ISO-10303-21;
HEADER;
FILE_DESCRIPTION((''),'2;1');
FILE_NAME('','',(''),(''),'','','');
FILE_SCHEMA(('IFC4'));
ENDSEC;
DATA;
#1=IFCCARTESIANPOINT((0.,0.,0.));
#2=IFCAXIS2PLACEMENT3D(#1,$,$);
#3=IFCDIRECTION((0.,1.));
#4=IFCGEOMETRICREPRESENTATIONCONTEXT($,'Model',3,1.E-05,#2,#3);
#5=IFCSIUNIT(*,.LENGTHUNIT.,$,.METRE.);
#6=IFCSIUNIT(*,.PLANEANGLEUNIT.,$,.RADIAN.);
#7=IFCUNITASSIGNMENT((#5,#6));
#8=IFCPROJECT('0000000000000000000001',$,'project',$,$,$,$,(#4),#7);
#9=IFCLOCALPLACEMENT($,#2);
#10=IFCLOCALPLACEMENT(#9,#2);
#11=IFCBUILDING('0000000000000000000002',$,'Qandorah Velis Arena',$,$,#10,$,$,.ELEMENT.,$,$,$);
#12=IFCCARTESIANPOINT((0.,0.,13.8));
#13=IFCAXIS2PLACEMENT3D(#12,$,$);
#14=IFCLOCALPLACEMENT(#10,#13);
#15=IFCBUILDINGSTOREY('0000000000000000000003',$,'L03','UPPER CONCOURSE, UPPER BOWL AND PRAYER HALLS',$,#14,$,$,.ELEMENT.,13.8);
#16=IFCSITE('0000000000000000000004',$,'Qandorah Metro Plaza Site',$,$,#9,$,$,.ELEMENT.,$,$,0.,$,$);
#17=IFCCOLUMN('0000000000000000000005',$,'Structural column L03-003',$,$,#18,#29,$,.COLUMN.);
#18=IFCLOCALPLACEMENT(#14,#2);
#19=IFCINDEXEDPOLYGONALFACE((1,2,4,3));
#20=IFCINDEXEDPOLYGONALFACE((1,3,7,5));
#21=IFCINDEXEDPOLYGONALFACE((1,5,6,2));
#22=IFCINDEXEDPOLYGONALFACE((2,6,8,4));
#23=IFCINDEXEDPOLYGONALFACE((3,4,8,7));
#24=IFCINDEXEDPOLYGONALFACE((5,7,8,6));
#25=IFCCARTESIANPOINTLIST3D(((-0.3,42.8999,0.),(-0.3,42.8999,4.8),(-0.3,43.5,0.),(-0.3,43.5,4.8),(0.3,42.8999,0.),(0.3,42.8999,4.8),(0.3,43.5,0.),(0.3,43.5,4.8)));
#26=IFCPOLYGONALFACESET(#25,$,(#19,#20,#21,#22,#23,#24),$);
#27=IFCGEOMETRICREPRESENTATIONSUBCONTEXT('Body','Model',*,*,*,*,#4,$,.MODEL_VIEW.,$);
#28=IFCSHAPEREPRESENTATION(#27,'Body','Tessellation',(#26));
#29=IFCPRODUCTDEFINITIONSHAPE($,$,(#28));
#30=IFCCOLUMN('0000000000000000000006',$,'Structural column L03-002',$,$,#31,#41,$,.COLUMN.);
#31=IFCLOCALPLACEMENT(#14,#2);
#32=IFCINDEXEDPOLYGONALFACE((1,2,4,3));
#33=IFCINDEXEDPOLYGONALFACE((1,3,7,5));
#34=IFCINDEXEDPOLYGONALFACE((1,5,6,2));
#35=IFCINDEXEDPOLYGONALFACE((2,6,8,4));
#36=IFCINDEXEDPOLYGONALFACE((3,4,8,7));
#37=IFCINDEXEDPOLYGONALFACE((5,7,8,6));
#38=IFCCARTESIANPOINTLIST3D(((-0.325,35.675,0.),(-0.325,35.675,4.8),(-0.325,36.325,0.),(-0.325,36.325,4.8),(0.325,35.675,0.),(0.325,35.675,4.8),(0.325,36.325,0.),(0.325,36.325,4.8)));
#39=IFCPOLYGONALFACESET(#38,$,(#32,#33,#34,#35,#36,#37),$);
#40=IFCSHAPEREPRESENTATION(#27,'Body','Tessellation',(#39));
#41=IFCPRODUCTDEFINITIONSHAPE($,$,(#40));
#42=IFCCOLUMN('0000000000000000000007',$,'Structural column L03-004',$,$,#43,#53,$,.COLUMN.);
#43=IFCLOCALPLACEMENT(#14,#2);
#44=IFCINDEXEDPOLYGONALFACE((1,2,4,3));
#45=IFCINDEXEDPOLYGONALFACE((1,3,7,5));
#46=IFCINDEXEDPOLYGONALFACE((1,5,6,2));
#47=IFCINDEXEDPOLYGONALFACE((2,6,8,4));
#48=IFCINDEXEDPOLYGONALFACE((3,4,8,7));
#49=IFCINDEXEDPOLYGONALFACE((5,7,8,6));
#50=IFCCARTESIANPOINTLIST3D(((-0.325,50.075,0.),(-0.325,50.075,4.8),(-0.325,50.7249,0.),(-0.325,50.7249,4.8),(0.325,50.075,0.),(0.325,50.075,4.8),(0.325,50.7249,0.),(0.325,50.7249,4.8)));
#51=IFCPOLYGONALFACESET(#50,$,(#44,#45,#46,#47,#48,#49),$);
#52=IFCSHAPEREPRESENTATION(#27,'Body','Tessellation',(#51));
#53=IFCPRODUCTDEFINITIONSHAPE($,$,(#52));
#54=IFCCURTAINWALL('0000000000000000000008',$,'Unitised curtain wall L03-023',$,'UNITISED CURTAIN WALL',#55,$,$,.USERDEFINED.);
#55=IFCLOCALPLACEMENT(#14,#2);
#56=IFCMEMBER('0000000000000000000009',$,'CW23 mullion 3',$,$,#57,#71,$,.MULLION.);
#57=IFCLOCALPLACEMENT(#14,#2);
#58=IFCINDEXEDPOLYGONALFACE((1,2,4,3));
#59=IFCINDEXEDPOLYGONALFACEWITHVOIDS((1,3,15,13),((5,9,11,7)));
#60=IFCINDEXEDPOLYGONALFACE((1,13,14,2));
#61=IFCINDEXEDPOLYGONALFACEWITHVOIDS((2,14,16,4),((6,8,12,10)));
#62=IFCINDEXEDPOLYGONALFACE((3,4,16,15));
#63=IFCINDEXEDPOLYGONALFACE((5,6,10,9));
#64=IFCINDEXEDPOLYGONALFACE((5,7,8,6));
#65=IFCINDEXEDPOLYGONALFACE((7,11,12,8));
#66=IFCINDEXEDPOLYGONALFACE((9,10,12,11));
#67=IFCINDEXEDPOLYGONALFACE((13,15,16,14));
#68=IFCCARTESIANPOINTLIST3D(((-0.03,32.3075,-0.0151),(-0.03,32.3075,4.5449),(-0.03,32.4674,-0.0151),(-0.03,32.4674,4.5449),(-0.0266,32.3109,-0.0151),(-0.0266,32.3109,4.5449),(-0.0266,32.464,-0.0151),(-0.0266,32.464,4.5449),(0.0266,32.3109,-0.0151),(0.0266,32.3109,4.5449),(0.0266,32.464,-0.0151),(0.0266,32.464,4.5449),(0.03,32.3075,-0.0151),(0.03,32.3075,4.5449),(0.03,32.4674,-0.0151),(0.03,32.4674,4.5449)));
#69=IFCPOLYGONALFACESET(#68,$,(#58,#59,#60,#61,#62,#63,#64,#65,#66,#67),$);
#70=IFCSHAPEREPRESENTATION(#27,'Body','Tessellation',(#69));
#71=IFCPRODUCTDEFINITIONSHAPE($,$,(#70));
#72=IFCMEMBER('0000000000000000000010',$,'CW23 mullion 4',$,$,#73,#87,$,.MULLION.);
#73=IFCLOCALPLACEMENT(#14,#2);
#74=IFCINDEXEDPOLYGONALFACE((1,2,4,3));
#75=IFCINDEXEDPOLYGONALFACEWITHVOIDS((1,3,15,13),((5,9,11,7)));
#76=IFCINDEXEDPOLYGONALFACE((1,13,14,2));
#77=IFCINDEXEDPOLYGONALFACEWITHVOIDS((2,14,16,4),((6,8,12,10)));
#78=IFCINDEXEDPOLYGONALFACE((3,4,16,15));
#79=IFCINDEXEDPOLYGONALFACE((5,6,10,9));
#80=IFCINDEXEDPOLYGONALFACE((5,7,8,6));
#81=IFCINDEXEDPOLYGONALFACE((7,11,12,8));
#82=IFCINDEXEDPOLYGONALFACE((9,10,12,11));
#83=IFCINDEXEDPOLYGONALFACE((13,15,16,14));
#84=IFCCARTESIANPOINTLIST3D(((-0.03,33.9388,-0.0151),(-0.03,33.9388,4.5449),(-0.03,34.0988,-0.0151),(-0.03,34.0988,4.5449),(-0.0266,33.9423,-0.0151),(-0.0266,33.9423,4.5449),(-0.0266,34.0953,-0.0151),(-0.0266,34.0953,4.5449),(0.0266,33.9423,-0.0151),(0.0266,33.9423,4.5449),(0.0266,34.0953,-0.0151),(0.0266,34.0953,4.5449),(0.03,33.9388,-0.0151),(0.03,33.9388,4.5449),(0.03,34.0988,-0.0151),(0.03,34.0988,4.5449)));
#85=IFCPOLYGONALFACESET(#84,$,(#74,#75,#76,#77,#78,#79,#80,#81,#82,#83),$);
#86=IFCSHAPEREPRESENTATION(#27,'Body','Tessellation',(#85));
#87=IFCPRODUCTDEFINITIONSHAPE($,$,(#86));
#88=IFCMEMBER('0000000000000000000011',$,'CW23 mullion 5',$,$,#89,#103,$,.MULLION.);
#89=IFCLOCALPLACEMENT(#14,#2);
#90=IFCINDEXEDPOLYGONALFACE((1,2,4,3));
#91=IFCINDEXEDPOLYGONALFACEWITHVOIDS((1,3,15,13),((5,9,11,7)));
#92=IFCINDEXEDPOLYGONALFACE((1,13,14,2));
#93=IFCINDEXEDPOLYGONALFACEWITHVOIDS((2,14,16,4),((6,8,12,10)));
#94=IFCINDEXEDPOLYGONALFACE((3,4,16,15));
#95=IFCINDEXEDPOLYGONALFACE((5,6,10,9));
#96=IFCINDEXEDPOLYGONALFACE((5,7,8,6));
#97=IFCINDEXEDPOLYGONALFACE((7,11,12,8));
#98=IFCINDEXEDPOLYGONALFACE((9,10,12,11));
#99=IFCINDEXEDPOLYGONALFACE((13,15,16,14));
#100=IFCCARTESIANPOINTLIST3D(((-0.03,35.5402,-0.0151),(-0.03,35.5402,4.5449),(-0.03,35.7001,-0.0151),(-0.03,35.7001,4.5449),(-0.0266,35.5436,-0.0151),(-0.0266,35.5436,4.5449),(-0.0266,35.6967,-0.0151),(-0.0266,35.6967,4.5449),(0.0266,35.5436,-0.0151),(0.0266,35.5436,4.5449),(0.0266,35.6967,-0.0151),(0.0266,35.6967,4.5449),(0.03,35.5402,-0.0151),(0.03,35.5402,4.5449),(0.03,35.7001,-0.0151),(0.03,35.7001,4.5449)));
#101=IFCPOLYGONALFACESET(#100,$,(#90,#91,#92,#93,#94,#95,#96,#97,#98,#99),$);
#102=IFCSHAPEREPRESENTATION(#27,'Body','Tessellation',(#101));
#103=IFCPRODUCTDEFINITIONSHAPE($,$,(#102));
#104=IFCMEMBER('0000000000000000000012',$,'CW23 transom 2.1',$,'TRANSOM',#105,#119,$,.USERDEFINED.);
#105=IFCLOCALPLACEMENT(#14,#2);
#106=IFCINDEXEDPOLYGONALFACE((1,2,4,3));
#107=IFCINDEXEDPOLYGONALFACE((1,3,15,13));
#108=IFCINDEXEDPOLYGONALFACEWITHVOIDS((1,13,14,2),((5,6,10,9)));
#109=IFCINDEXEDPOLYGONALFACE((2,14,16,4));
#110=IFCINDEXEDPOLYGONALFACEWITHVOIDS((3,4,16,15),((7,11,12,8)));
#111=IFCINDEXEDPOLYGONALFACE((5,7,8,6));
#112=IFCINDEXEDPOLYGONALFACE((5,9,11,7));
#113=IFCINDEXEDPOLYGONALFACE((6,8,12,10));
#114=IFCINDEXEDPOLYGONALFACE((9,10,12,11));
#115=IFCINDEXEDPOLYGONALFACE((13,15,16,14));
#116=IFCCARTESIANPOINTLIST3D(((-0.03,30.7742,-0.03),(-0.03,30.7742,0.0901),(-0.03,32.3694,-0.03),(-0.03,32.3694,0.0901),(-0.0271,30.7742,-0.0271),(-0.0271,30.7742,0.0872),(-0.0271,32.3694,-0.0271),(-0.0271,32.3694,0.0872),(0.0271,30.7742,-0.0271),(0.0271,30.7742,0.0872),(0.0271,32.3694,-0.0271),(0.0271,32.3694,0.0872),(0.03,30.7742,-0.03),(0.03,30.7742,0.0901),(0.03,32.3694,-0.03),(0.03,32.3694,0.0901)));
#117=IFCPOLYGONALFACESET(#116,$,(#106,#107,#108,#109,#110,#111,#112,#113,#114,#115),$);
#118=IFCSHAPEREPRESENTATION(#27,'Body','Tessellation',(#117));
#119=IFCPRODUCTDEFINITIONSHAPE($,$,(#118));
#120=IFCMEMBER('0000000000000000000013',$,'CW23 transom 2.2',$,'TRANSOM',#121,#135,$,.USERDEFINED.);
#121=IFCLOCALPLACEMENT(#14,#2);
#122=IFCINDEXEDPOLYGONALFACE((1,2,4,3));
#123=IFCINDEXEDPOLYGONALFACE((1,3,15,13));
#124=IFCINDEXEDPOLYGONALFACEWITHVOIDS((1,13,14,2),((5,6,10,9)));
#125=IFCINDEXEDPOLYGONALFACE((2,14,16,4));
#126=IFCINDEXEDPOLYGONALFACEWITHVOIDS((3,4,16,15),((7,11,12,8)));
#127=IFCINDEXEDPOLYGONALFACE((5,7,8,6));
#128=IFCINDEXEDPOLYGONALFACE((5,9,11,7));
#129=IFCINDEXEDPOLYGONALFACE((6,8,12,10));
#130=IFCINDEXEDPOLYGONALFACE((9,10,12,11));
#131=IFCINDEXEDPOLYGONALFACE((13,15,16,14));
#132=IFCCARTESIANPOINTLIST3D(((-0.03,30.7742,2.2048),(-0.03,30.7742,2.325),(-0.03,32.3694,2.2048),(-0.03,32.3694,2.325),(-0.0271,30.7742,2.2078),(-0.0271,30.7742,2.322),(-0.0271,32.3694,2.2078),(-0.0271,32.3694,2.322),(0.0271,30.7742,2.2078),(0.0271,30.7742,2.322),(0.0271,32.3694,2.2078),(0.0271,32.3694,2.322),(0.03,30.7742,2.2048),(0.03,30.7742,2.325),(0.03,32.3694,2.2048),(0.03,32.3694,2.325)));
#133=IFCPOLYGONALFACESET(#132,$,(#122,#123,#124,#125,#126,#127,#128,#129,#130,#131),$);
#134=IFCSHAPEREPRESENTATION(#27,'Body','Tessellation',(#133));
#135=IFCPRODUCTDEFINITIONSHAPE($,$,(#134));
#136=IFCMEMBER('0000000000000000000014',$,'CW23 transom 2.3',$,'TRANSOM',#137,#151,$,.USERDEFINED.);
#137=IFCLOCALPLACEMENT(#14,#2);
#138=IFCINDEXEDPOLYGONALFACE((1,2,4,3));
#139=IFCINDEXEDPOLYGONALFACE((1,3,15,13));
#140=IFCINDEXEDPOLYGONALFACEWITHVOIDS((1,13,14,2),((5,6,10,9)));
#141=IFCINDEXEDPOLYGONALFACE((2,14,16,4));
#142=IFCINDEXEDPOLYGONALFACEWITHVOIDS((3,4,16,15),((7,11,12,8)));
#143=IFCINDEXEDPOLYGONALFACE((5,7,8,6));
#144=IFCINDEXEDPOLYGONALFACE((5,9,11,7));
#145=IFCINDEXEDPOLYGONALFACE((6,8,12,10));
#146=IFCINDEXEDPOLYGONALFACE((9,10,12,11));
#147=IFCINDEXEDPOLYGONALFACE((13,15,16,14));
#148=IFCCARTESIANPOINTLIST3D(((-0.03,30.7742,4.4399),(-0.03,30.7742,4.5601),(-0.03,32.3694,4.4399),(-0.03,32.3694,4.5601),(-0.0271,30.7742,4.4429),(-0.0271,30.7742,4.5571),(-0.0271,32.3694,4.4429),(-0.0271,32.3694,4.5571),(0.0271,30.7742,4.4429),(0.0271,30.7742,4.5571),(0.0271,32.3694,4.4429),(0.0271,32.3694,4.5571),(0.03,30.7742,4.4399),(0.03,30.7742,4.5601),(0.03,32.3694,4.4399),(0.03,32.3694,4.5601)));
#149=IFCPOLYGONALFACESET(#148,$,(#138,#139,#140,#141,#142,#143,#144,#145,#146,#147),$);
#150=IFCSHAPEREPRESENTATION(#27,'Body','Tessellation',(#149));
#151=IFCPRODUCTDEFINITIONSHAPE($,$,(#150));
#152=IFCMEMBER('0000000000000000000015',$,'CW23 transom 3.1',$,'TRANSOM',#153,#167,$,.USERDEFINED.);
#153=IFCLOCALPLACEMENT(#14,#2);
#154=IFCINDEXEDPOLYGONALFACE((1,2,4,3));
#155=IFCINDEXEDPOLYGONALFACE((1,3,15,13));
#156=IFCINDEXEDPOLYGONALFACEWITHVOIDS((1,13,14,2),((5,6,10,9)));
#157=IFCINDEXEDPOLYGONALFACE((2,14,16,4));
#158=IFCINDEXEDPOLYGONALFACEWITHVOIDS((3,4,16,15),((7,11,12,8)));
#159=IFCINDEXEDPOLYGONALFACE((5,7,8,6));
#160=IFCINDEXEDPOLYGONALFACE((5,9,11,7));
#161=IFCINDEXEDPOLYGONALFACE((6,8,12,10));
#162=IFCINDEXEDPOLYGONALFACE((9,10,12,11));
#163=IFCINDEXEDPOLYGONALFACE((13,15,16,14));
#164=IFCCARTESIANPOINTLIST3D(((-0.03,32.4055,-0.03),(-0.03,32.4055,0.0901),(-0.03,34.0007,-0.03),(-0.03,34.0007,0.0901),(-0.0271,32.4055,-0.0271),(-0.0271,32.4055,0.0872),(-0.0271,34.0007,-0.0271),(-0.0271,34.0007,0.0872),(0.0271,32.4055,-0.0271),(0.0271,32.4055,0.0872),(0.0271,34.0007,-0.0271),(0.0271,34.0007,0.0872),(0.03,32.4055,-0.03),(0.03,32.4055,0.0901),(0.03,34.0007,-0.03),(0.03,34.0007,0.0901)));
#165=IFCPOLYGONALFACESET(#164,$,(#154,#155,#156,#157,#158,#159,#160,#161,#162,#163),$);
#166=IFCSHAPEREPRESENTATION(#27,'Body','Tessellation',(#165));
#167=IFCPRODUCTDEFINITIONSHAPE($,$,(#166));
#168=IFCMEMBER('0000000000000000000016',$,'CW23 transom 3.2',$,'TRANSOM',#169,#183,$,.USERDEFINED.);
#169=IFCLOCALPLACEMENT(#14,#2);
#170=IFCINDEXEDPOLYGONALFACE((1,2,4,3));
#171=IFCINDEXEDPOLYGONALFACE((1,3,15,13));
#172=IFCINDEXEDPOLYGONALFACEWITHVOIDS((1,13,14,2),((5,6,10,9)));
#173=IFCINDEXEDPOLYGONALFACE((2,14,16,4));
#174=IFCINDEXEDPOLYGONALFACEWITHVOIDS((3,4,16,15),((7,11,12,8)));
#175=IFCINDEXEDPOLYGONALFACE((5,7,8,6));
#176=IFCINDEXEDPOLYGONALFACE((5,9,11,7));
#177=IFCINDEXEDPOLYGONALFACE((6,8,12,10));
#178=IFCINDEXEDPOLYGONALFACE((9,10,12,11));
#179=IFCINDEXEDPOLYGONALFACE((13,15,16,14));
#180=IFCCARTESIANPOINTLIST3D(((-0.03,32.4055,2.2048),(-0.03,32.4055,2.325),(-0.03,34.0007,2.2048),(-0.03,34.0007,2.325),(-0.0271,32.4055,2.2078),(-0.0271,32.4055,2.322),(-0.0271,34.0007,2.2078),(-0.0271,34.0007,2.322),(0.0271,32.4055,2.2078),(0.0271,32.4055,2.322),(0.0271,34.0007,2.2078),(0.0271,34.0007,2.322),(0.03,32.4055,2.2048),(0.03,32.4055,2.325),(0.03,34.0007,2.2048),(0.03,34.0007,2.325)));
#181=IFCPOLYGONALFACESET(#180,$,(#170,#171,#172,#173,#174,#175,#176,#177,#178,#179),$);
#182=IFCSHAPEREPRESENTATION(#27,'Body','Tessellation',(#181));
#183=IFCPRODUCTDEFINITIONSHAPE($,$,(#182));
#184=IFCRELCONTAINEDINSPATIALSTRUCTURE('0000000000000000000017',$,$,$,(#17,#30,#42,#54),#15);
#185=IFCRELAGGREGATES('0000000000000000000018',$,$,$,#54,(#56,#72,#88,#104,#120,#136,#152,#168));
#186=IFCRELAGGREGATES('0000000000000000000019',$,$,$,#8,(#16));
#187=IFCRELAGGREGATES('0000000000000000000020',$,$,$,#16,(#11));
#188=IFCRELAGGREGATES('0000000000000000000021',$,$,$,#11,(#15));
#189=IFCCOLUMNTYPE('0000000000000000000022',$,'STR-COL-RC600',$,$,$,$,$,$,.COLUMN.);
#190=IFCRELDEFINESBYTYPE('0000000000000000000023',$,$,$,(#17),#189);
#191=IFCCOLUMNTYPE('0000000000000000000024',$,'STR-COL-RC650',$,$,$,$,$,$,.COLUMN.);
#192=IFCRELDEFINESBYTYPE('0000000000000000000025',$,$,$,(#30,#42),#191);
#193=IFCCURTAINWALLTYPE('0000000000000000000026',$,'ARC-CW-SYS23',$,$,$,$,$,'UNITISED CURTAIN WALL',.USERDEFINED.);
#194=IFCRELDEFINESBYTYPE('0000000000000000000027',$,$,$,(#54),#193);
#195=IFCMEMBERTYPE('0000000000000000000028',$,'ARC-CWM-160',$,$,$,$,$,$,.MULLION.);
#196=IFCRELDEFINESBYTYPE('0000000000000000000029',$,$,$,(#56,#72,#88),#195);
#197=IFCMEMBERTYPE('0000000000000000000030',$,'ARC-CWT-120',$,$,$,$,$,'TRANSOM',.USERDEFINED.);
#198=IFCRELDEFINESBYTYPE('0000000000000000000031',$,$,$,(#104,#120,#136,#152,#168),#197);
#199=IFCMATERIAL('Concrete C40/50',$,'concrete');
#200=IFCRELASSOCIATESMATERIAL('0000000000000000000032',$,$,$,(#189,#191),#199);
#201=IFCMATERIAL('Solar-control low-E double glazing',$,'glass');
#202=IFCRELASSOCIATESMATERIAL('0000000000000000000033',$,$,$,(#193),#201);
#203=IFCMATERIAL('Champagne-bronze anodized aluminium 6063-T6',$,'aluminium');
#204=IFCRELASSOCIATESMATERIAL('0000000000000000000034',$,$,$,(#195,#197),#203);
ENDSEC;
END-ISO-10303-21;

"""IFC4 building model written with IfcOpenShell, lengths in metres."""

from ifc_helpers import new_model, si_unit, direction, frame, origin, origin_2d, place, context, subcontext, project, spatial, rectangle, hollow_rectangle, extrude, material, material_profile, profile_set, type_object, element, aggregate, save


model = new_model("IFC4")

# Units and contexts
model_context = context("Model", 3, precision=1e-05, world=origin(), true_north=direction((0.0, 1.0)))
body_context = subcontext(model_context, "Body", "Model", "MODEL_VIEW")
ifc_project = project(units=[si_unit("LENGTHUNIT", "METRE"), si_unit("PLANEANGLEUNIT", "RADIAN")], contexts=[model_context])

# Site, building, storey
site_placement = place(None, origin())
site = spatial("IfcSite", under=ifc_project, at=site_placement, Name="Qandorah Metro Plaza Site", CompositionType="ELEMENT", RefElevation=0.0)
building_placement = place(site_placement, origin())
building = spatial("IfcBuilding", under=site, at=building_placement, Name="Qandorah Velis Arena", CompositionType="ELEMENT")
storey_placement = place(building_placement, frame((0.0, 0.0, 13.8)))
storey = spatial("IfcBuildingStorey", under=building, at=storey_placement, Name="L03", Description="UPPER CONCOURSE, UPPER BOWL AND PRAYER HALLS", CompositionType="ELEMENT", Elevation=13.8)

# Columns
ifc_material_1 = material(Name="Concrete C40/50", Category="concrete")
ifc_material_profile_1 = material_profile(ifc_material_1, rectangle(XDim=0.6001, YDim=0.6001, at=origin_2d()), Name="RC COL 600x600")
ifc_profile_set_1 = profile_set([ifc_material_profile_1], Name="Concrete C40/50")
column_type_1 = type_object("IfcColumnType", Name="STR-COL-RC600", PredefinedType="COLUMN", material=ifc_profile_set_1)
column_placement = place(storey_placement, frame((0.0, 43.2, 0.0), z_axis=(0.0, 0.0, 1.0), x_axis=(1.0, 0.0, 0.0)))
element("IfcColumn", 1, at=column_placement, inside=storey, type_object=column_type_1, Name="Structural column L03-003", PredefinedType="COLUMN", context=body_context, shape_type="SweptSolid", body=[
    extrude(rectangle(XDim=0.6001, YDim=0.6001, at=origin_2d()), origin(), (0.0, 0.0, 1.0), 4.8),
])
ifc_material_profile_2 = material_profile(ifc_material_1, rectangle(XDim=0.6499, YDim=0.6499, at=origin_2d()), Name="RC COL 650x650")
ifc_profile_set_2 = profile_set([ifc_material_profile_2], Name="Concrete C40/50")
column_type_2 = type_object("IfcColumnType", Name="STR-COL-RC650", PredefinedType="COLUMN", material=ifc_profile_set_2)
for number, where, z_axis, x_axis, name in (
    (2, (0.0, 36.0, 0.0), (0.0, 0.0, 1.0), (1.0, 0.0, 0.0), "Structural column L03-002"),
    (3, (0.0, 50.3999, 0.0), (0.0, 0.0, 1.0), (1.0, 0.0, 0.0), "Structural column L03-004"),
):
    element("IfcColumn", number, at=place(storey_placement, frame(where, z_axis=z_axis, x_axis=x_axis)), inside=storey, type_object=column_type_2, Name=name, PredefinedType="COLUMN", context=body_context, shape_type="SweptSolid", body=[
        extrude(rectangle(XDim=0.6499, YDim=0.6499, at=origin_2d()), origin(), (0.0, 0.0, 1.0), 4.8),
    ])

# Curtain wall, members
ifc_material_2 = material(Name="Solar-control low-E double glazing", Category="glass")
curtain_wall_type = type_object("IfcCurtainWallType", Name="ARC-CW-SYS23", ElementType="UNITISED CURTAIN WALL", PredefinedType="USERDEFINED", material=ifc_material_2)
curtain_wall_placement = place(storey_placement, origin())
curtain_wall = element("IfcCurtainWall", 4, at=curtain_wall_placement, inside=storey, type_object=curtain_wall_type, Name="Unitised curtain wall L03-023", ObjectType="UNITISED CURTAIN WALL", PredefinedType="USERDEFINED")
ifc_material_3 = material(Name="Champagne-bronze anodized aluminium 6063-T6", Category="aluminium")
ifc_material_profile_3 = material_profile(ifc_material_3, hollow_rectangle(XDim=0.0601, YDim=0.1599, WallThickness=0.0034, at=origin_2d()), Name="ALU MULLION 60x160")
ifc_profile_set_3 = profile_set([ifc_material_profile_3], Name="Champagne-bronze anodized aluminium 6063-T6")
member_type_1 = type_object("IfcMemberType", Name="ARC-CWM-160", PredefinedType="MULLION", material=ifc_profile_set_3)
member_1_placement = place(storey_placement, frame((0.0, 32.3875, -0.0151), z_axis=(0.0, 0.0, 1.0), x_axis=(-1.0, 0.0, 0.0)))
member_1 = element("IfcMember", 5, at=member_1_placement, type_object=member_type_1, Name="CW23 mullion 3", PredefinedType="MULLION", context=body_context, shape_type="SweptSolid", body=[
    extrude(hollow_rectangle(XDim=0.0601, YDim=0.1599, WallThickness=0.0034, at=origin_2d()), origin(), (0.0, 0.0, 1.0), 4.5601),
])
member_2_placement = place(storey_placement, frame((0.0, 34.0188, -0.0151), z_axis=(0.0, 0.0, 1.0), x_axis=(-1.0, 0.0, 0.0)))
member_2 = element("IfcMember", 6, at=member_2_placement, type_object=member_type_1, Name="CW23 mullion 4", PredefinedType="MULLION", context=body_context, shape_type="SweptSolid", body=[
    extrude(hollow_rectangle(XDim=0.0601, YDim=0.1599, WallThickness=0.0034, at=origin_2d()), origin(), (0.0, 0.0, 1.0), 4.5601),
])
member_3_placement = place(storey_placement, frame((0.0, 35.6201, -0.0151), z_axis=(0.0, 0.0, 1.0), x_axis=(-1.0, 0.0, 0.0)))
member_3 = element("IfcMember", 7, at=member_3_placement, type_object=member_type_1, Name="CW23 mullion 5", PredefinedType="MULLION", context=body_context, shape_type="SweptSolid", body=[
    extrude(hollow_rectangle(XDim=0.0601, YDim=0.1599, WallThickness=0.0034, at=origin_2d()), origin(), (0.0, 0.0, 1.0), 4.5601),
])
ifc_material_profile_4 = material_profile(ifc_material_3, hollow_rectangle(XDim=0.0601, YDim=0.1201, WallThickness=0.0029, at=origin_2d()), Name="ALU TRANSOM 60x120")
ifc_profile_set_4 = profile_set([ifc_material_profile_4], Name="Champagne-bronze anodized aluminium 6063-T6")
member_type_2 = type_object("IfcMemberType", Name="ARC-CWT-120", ElementType="TRANSOM", PredefinedType="USERDEFINED", material=ifc_profile_set_4)
member_4_placement = place(storey_placement, frame((0.0, 30.7742, 0.03), z_axis=(0.0, 1.0, 0.0), x_axis=(-1.0, 0.0, 0.0)))
member_4 = element("IfcMember", 8, at=member_4_placement, type_object=member_type_2, Name="CW23 transom 2.1", ObjectType="TRANSOM", PredefinedType="USERDEFINED", context=body_context, shape_type="SweptSolid", body=[
    extrude(hollow_rectangle(XDim=0.0601, YDim=0.1201, WallThickness=0.0029, at=origin_2d()), origin(), (0.0, 0.0, 1.0), 1.5952),
])
member_5_placement = place(storey_placement, frame((0.0, 30.7742, 2.2649), z_axis=(0.0, 1.0, 0.0), x_axis=(-1.0, 0.0, 0.0)))
member_5 = element("IfcMember", 9, at=member_5_placement, type_object=member_type_2, Name="CW23 transom 2.2", ObjectType="TRANSOM", PredefinedType="USERDEFINED", context=body_context, shape_type="SweptSolid", body=[
    extrude(hollow_rectangle(XDim=0.0601, YDim=0.1201, WallThickness=0.0029, at=origin_2d()), origin(), (0.0, 0.0, 1.0), 1.5952),
])
member_6_placement = place(storey_placement, frame((0.0, 30.7742, 4.5), z_axis=(0.0, 1.0, 0.0), x_axis=(-1.0, 0.0, 0.0)))
member_6 = element("IfcMember", 10, at=member_6_placement, type_object=member_type_2, Name="CW23 transom 2.3", ObjectType="TRANSOM", PredefinedType="USERDEFINED", context=body_context, shape_type="SweptSolid", body=[
    extrude(hollow_rectangle(XDim=0.0601, YDim=0.1201, WallThickness=0.0029, at=origin_2d()), origin(), (0.0, 0.0, 1.0), 1.5952),
])
member_7_placement = place(storey_placement, frame((0.0, 32.4055, 0.03), z_axis=(0.0, 1.0, 0.0), x_axis=(-1.0, 0.0, 0.0)))
member_7 = element("IfcMember", 11, at=member_7_placement, type_object=member_type_2, Name="CW23 transom 3.1", ObjectType="TRANSOM", PredefinedType="USERDEFINED", context=body_context, shape_type="SweptSolid", body=[
    extrude(hollow_rectangle(XDim=0.0601, YDim=0.1201, WallThickness=0.0029, at=origin_2d()), origin(), (0.0, 0.0, 1.0), 1.5952),
])
member_8_placement = place(storey_placement, frame((0.0, 32.4055, 2.2649), z_axis=(0.0, 1.0, 0.0), x_axis=(-1.0, 0.0, 0.0)))
member_8 = element("IfcMember", 12, at=member_8_placement, type_object=member_type_2, Name="CW23 transom 3.2", ObjectType="TRANSOM", PredefinedType="USERDEFINED", context=body_context, shape_type="SweptSolid", body=[
    extrude(hollow_rectangle(XDim=0.0601, YDim=0.1201, WallThickness=0.0029, at=origin_2d()), origin(), (0.0, 0.0, 1.0), 1.5952),
])

aggregate(curtain_wall, [member_1, member_2, member_3, member_4, member_5, member_6, member_7, member_8])

save(model, "model.ifc")
